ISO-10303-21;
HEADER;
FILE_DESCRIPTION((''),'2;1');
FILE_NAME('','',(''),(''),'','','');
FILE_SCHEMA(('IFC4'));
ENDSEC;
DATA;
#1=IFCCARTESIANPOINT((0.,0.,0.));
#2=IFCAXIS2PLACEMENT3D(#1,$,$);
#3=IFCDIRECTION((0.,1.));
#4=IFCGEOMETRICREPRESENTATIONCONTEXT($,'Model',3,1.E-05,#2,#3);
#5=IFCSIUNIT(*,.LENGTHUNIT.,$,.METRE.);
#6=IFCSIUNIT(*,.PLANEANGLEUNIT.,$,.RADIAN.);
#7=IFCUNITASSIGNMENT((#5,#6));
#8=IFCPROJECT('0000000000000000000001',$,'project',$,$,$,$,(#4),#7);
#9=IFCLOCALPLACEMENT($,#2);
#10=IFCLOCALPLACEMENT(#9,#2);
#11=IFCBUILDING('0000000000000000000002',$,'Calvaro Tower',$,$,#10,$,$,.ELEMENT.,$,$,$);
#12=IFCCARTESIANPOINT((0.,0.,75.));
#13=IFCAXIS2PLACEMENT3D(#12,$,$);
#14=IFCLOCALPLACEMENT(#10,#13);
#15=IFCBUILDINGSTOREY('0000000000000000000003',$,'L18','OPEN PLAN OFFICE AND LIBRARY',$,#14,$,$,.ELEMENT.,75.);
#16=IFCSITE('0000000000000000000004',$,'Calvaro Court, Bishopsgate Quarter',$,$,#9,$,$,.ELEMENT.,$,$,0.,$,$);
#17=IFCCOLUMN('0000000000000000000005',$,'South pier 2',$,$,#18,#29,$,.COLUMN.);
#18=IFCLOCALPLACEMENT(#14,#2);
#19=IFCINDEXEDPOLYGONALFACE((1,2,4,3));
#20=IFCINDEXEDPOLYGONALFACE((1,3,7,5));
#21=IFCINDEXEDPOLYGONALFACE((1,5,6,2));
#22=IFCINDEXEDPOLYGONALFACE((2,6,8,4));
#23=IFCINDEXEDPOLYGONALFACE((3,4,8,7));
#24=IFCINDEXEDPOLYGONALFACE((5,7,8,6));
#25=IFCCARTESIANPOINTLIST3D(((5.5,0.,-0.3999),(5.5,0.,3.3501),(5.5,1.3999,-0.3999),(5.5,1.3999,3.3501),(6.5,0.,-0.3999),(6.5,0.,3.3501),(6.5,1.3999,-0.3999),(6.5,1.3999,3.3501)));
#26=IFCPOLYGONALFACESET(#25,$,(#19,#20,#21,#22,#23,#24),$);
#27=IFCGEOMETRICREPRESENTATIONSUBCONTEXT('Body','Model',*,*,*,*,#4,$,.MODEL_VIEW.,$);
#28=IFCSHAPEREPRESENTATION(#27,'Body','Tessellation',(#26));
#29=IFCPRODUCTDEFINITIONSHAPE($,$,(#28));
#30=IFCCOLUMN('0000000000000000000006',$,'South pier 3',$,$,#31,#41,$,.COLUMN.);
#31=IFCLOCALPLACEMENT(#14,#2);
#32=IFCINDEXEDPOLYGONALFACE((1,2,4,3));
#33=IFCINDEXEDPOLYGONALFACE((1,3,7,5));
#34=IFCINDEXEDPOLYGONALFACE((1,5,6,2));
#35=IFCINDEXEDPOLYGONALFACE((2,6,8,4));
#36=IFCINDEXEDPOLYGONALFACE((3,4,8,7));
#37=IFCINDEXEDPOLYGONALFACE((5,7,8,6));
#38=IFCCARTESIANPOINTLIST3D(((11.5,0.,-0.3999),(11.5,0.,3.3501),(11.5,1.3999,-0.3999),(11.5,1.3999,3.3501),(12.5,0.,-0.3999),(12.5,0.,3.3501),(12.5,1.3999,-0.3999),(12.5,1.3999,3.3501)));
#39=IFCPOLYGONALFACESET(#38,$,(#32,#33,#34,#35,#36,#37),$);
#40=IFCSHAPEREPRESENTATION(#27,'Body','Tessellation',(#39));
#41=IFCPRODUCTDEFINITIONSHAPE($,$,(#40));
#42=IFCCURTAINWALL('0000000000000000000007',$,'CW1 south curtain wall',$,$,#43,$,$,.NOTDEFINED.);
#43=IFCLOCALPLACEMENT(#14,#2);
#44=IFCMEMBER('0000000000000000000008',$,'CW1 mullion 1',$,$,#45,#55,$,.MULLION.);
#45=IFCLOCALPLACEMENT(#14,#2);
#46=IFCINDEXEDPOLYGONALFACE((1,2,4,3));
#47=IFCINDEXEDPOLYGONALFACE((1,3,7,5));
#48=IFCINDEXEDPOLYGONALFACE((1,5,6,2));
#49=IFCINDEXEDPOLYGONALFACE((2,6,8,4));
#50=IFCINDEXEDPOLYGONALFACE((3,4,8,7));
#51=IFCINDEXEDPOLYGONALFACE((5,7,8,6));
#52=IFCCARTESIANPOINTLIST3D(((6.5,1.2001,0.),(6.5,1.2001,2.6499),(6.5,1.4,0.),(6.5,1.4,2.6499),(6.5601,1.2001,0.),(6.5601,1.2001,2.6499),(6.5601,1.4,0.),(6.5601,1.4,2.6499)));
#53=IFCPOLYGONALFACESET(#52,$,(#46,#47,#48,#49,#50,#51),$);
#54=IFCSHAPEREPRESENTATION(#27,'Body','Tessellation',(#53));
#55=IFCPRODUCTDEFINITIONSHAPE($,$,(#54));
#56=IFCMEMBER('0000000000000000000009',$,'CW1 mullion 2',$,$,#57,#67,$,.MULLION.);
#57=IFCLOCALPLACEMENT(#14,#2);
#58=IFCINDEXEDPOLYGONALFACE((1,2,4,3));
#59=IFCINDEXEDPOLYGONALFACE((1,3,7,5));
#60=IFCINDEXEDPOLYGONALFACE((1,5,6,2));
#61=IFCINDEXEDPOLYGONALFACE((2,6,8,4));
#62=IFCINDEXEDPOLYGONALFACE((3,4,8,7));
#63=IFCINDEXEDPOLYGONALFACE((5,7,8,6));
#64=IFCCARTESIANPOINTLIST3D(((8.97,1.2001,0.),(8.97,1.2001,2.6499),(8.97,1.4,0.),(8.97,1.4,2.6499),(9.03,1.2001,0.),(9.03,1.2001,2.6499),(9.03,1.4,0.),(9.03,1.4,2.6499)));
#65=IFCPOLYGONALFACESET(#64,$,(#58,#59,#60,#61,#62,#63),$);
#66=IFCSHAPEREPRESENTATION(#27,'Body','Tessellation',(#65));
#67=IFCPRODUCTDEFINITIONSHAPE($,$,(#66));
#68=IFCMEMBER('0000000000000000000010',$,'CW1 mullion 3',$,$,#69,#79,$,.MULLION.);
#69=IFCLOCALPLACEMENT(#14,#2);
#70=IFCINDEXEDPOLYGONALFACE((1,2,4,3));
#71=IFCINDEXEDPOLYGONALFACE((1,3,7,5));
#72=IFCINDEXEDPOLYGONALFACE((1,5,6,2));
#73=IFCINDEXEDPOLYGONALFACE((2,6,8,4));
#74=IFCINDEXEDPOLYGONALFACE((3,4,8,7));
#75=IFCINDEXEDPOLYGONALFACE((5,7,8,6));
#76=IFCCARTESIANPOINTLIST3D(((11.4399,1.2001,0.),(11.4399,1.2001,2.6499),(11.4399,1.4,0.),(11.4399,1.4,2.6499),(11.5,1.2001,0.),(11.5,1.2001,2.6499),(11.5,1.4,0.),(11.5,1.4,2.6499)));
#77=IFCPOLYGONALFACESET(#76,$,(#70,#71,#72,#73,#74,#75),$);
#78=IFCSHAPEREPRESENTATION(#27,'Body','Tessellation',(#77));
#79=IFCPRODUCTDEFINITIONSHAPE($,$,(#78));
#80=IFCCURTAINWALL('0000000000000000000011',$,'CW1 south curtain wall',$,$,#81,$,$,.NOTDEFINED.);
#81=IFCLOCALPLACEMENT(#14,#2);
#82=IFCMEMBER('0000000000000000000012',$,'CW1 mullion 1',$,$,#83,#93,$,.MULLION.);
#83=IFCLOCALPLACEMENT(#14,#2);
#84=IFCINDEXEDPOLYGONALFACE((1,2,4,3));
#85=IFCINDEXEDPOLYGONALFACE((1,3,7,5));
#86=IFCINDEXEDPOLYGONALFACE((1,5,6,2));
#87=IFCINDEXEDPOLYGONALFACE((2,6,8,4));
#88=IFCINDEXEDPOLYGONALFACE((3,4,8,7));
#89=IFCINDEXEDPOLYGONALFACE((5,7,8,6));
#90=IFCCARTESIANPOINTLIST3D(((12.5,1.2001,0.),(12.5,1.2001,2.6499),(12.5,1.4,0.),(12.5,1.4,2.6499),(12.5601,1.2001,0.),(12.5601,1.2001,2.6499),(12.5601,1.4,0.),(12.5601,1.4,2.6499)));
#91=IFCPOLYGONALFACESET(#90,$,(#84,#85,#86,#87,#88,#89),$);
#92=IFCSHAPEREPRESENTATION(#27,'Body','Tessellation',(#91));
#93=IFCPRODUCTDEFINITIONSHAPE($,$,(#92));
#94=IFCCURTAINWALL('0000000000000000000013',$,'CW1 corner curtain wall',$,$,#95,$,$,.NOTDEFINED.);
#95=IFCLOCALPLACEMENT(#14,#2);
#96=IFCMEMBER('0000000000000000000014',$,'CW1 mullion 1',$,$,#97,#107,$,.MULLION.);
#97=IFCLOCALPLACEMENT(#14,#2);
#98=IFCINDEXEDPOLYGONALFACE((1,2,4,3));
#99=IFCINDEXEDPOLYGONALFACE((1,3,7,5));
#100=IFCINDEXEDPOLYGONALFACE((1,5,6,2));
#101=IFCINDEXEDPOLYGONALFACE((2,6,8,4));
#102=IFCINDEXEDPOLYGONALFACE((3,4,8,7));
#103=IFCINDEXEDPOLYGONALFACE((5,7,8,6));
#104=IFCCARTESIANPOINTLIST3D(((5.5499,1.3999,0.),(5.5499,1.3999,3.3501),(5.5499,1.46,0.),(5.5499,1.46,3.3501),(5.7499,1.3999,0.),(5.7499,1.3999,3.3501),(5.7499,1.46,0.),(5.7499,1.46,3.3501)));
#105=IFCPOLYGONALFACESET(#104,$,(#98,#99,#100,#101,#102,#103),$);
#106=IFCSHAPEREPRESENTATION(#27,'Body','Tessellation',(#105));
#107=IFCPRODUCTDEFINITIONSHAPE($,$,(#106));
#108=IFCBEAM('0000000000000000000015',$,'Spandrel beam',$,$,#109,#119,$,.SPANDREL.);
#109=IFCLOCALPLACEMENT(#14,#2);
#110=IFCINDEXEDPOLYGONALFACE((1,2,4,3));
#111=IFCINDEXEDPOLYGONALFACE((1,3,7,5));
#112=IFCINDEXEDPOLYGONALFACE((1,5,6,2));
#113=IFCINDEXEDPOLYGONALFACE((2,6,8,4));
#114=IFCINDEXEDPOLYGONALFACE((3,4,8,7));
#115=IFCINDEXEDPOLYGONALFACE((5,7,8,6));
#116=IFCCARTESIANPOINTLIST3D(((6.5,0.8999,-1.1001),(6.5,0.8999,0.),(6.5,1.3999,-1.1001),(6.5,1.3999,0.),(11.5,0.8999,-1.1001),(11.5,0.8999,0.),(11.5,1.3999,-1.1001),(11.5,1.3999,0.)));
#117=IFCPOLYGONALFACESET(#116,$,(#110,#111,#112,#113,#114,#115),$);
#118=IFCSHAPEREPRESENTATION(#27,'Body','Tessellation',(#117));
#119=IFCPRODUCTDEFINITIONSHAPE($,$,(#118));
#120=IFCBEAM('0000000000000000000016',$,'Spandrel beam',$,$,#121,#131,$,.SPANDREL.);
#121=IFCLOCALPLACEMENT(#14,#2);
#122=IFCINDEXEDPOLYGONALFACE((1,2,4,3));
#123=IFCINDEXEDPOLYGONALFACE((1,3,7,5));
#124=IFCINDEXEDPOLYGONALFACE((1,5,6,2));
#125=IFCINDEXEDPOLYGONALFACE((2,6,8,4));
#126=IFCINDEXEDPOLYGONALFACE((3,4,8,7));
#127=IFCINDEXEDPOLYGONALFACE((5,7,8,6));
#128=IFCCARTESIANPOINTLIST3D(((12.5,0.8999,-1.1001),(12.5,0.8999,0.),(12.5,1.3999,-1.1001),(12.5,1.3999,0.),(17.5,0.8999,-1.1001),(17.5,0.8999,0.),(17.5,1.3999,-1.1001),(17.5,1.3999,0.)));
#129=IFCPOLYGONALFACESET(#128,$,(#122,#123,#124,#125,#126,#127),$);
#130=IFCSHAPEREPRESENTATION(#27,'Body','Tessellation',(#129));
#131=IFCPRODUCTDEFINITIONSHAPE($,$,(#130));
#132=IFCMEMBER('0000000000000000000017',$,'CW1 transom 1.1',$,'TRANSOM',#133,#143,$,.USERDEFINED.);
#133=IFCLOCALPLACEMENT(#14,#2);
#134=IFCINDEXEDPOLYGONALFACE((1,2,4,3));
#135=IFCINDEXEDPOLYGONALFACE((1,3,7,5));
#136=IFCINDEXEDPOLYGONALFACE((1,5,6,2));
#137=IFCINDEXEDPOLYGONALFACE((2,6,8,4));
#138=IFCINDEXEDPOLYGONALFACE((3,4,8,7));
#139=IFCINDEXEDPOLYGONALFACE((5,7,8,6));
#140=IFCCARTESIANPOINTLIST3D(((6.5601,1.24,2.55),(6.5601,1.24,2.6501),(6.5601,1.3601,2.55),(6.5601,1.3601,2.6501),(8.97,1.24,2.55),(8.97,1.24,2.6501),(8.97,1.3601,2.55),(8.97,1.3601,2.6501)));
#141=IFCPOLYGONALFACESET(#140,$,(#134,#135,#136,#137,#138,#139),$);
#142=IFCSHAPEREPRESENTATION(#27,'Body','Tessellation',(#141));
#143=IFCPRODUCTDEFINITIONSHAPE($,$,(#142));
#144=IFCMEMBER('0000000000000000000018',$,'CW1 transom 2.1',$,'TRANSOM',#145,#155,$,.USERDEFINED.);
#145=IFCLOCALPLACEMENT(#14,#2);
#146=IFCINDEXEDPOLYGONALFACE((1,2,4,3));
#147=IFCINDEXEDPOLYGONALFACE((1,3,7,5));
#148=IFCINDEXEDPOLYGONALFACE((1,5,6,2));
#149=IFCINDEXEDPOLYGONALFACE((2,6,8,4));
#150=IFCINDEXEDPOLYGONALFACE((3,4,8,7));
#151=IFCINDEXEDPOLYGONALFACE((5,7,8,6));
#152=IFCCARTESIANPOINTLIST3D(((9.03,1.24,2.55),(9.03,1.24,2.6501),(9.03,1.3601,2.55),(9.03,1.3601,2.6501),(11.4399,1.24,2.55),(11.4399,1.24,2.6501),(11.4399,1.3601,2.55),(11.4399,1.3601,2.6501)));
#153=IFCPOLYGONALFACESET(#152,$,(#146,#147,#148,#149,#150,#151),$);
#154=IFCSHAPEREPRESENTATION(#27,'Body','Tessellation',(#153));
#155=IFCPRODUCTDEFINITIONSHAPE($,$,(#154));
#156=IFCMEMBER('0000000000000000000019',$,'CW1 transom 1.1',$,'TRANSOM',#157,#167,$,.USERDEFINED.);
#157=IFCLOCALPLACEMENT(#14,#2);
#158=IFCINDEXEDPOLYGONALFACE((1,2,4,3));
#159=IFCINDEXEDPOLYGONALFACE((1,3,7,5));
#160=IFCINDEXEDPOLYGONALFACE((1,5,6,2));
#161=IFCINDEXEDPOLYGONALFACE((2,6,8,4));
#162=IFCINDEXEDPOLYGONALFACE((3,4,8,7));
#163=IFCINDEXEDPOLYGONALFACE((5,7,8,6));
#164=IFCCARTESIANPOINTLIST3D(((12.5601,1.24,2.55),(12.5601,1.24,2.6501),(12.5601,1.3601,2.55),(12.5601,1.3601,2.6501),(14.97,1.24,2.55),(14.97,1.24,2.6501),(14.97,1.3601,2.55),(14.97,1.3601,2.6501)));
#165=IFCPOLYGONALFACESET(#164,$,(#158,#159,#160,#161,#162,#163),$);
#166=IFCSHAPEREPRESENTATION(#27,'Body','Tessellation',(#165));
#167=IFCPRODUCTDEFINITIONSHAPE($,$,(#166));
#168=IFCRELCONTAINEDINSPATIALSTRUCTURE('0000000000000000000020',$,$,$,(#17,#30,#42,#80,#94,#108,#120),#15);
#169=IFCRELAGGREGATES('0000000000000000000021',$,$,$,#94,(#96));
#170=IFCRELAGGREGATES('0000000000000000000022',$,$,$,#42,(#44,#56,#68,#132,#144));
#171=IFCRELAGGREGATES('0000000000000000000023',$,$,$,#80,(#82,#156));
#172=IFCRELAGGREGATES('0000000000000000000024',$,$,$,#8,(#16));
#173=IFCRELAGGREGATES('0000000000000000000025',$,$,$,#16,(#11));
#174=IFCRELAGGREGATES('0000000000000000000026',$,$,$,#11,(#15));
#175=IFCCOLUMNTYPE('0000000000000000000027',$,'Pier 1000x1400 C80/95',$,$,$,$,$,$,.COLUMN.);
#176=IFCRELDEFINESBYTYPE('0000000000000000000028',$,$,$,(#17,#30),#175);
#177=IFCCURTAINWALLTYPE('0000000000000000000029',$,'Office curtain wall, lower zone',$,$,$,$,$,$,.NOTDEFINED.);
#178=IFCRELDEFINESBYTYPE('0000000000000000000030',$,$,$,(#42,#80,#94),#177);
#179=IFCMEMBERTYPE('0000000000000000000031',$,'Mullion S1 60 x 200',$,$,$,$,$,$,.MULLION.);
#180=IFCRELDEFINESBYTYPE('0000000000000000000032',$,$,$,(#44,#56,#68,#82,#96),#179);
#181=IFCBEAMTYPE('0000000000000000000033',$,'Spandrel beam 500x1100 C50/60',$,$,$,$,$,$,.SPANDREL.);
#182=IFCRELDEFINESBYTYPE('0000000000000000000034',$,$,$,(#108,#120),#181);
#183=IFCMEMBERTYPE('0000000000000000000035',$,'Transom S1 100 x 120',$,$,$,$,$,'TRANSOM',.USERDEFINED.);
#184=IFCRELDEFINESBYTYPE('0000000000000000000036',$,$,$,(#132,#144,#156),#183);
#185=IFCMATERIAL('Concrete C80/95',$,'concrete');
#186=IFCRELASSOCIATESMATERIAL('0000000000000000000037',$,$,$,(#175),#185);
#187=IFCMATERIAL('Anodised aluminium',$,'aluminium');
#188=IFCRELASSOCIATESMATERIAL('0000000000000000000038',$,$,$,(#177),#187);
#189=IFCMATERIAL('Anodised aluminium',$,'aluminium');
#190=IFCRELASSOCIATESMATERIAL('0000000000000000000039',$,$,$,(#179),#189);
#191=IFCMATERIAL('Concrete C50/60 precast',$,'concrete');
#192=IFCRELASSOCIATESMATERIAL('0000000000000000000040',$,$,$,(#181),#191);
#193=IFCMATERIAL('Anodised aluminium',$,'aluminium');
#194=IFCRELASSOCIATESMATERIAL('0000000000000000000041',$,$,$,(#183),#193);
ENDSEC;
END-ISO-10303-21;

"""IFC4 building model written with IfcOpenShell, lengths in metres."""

from ifc_helpers import new_model, si_unit, direction, frame, origin, origin_2d, place, context, subcontext, project, spatial, rectangle, extrude, material, material_profile, profile_set, type_object, element, aggregate, save


model = new_model("IFC4")

# Units and contexts
model_context = context("Model", 3, precision=1e-05, world=origin(), true_north=direction((0.0, 1.0)))
body_context = subcontext(model_context, "Body", "Model", "MODEL_VIEW")
ifc_project = project(units=[si_unit("LENGTHUNIT", "METRE"), si_unit("PLANEANGLEUNIT", "RADIAN")], contexts=[model_context])

# Site, building, storey
site_placement = place(None, origin())
site = spatial("IfcSite", under=ifc_project, at=site_placement, Name="Calvaro Court, Bishopsgate Quarter", CompositionType="ELEMENT", RefElevation=0.0)
building_placement = place(site_placement, origin())
building = spatial("IfcBuilding", under=site, at=building_placement, Name="Calvaro Tower", CompositionType="ELEMENT")
storey_placement = place(building_placement, frame((0.0, 0.0, 75.0)))
storey = spatial("IfcBuildingStorey", under=building, at=storey_placement, Name="L18", Description="OPEN PLAN OFFICE AND LIBRARY", CompositionType="ELEMENT", Elevation=75.0)

# Columns
ifc_material_1 = material(Name="Concrete C80/95", Category="concrete")
ifc_material_profile_1 = material_profile(ifc_material_1, rectangle(XDim=1.0, YDim=1.3999, at=origin_2d()), Name="RC 1000x1400")
ifc_profile_set_1 = profile_set([ifc_material_profile_1], Name="Concrete C80/95")
column_type = type_object("IfcColumnType", Name="Pier 1000x1400 C80/95", PredefinedType="COLUMN", material=ifc_profile_set_1)
for number, where, z_axis, x_axis, name in (
    (1, (6.0, 0.7, -0.3999), (0.0, 0.0, 1.0), (1.0, 0.0, 0.0), "South pier 2"),
    (2, (12.0, 0.7, -0.3999), (0.0, 0.0, 1.0), (1.0, 0.0, 0.0), "South pier 3"),
):
    element("IfcColumn", number, at=place(storey_placement, frame(where, z_axis=z_axis, x_axis=x_axis)), inside=storey, type_object=column_type, Name=name, PredefinedType="COLUMN", context=body_context, shape_type="SweptSolid", body=[
        extrude(rectangle(XDim=1.0, YDim=1.3999, at=origin_2d()), origin(), (0.0, 0.0, 1.0), 3.75),
    ])

# Curtain wall, members
ifc_material_2 = material(Name="Anodised aluminium", Category="aluminium")
curtain_wall_type = type_object("IfcCurtainWallType", Name="Office curtain wall, lower zone", PredefinedType="NOTDEFINED", material=ifc_material_2)
curtain_wall_1_placement = place(storey_placement, origin())
curtain_wall_1 = element("IfcCurtainWall", 3, at=curtain_wall_1_placement, inside=storey, type_object=curtain_wall_type, Name="CW1 south curtain wall", PredefinedType="NOTDEFINED")
ifc_material_3 = material(Name="Anodised aluminium", Category="aluminium")
ifc_material_profile_2 = material_profile(ifc_material_3, rectangle(XDim=0.2, YDim=0.0601, at=origin_2d()), Name="Mullion S1 60 x 200")
ifc_profile_set_2 = profile_set([ifc_material_profile_2], Name="Anodised aluminium")
member_type_1 = type_object("IfcMemberType", Name="Mullion S1 60 x 200", PredefinedType="MULLION", material=ifc_profile_set_2)
member_1_placement = place(storey_placement, frame((6.53, 1.3, 0.0), z_axis=(0.0, 0.0, 1.0), x_axis=(0.0, 1.0, 0.0)))
member_1 = element("IfcMember", 4, at=member_1_placement, type_object=member_type_1, Name="CW1 mullion 1", PredefinedType="MULLION", context=body_context, shape_type="SweptSolid", body=[
    extrude(rectangle(XDim=0.2, YDim=0.0601, at=origin_2d()), origin(), (0.0, 0.0, 1.0), 2.6499),
])
member_2_placement = place(storey_placement, frame((9.0, 1.3, 0.0), z_axis=(0.0, 0.0, 1.0), x_axis=(0.0, 1.0, 0.0)))
member_2 = element("IfcMember", 5, at=member_2_placement, type_object=member_type_1, Name="CW1 mullion 2", PredefinedType="MULLION", context=body_context, shape_type="SweptSolid", body=[
    extrude(rectangle(XDim=0.2, YDim=0.0601, at=origin_2d()), origin(), (0.0, 0.0, 1.0), 2.6499),
])
member_3_placement = place(storey_placement, frame((11.47, 1.3, 0.0), z_axis=(0.0, 0.0, 1.0), x_axis=(0.0, 1.0, 0.0)))
member_3 = element("IfcMember", 6, at=member_3_placement, type_object=member_type_1, Name="CW1 mullion 3", PredefinedType="MULLION", context=body_context, shape_type="SweptSolid", body=[
    extrude(rectangle(XDim=0.2, YDim=0.0601, at=origin_2d()), origin(), (0.0, 0.0, 1.0), 2.6499),
])

# Curtain walls, members
curtain_wall_2_placement = place(storey_placement, origin())
curtain_wall_2 = element("IfcCurtainWall", 7, at=curtain_wall_2_placement, inside=storey, type_object=curtain_wall_type, Name="CW1 south curtain wall", PredefinedType="NOTDEFINED")
member_4_placement = place(storey_placement, frame((12.53, 1.3, 0.0), z_axis=(0.0, 0.0, 1.0), x_axis=(0.0, 1.0, 0.0)))
member_4 = element("IfcMember", 8, at=member_4_placement, type_object=member_type_1, Name="CW1 mullion 1", PredefinedType="MULLION", context=body_context, shape_type="SweptSolid", body=[
    extrude(rectangle(XDim=0.2, YDim=0.0601, at=origin_2d()), origin(), (0.0, 0.0, 1.0), 2.6499),
])
curtain_wall_3_placement = place(storey_placement, origin())
curtain_wall_3 = element("IfcCurtainWall", 9, at=curtain_wall_3_placement, inside=storey, type_object=curtain_wall_type, Name="CW1 corner curtain wall", PredefinedType="NOTDEFINED")
member_5_placement = place(storey_placement, frame((5.6499, 1.4299, 0.0), z_axis=(0.0, 0.0, 1.0), x_axis=(-1.0, 0.0, 0.0)))
member_5 = element("IfcMember", 10, at=member_5_placement, type_object=member_type_1, Name="CW1 mullion 1", PredefinedType="MULLION", context=body_context, shape_type="SweptSolid", body=[
    extrude(rectangle(XDim=0.2, YDim=0.0601, at=origin_2d()), origin(), (0.0, 0.0, 1.0), 3.3501),
])
aggregate(curtain_wall_3, [member_5])

# Beams
ifc_material_4 = material(Name="Concrete C50/60 precast", Category="concrete")
ifc_material_profile_3 = material_profile(ifc_material_4, rectangle(XDim=0.5, YDim=1.1001, at=origin_2d()), Name="RC 500x1100")
ifc_profile_set_3 = profile_set([ifc_material_profile_3], Name="Concrete C50/60 precast")
beam_type = type_object("IfcBeamType", Name="Spandrel beam 500x1100 C50/60", PredefinedType="SPANDREL", material=ifc_profile_set_3)
for number, where, z_axis, x_axis, name in (
    (11, (6.5, 1.1499, -0.55), (1.0, 0.0, 0.0), (0.0, 1.0, 0.0), "Spandrel beam"),
    (12, (12.5, 1.1499, -0.55), (1.0, 0.0, 0.0), (0.0, 1.0, 0.0), "Spandrel beam"),
):
    element("IfcBeam", number, at=place(storey_placement, frame(where, z_axis=z_axis, x_axis=x_axis)), inside=storey, type_object=beam_type, Name=name, PredefinedType="SPANDREL", context=body_context, shape_type="SweptSolid", body=[
        extrude(rectangle(XDim=0.5, YDim=1.1001, at=origin_2d()), origin(), (0.0, 0.0, 1.0), 5.0),
    ])

# Members
ifc_material_5 = material(Name="Anodised aluminium", Category="aluminium")
ifc_material_profile_4 = material_profile(ifc_material_5, rectangle(XDim=0.1201, YDim=0.1001, at=origin_2d()), Name="Transom S1 100 x 120")
ifc_profile_set_4 = profile_set([ifc_material_profile_4], Name="Anodised aluminium")
member_type_2 = type_object("IfcMemberType", Name="Transom S1 100 x 120", ElementType="TRANSOM", PredefinedType="USERDEFINED", material=ifc_profile_set_4)
member_6_placement = place(storey_placement, frame((6.5601, 1.3, 2.6001), z_axis=(1.0, 0.0, 0.0), x_axis=(0.0, 1.0, 0.0)))
member_6 = element("IfcMember", 13, at=member_6_placement, type_object=member_type_2, Name="CW1 transom 1.1", ObjectType="TRANSOM", PredefinedType="USERDEFINED", context=body_context, shape_type="SweptSolid", body=[
    extrude(rectangle(XDim=0.1201, YDim=0.1001, at=origin_2d()), origin(), (0.0, 0.0, 1.0), 2.4099),
])
member_7_placement = place(storey_placement, frame((9.03, 1.3, 2.6001), z_axis=(1.0, 0.0, 0.0), x_axis=(0.0, 1.0, 0.0)))
member_7 = element("IfcMember", 14, at=member_7_placement, type_object=member_type_2, Name="CW1 transom 2.1", ObjectType="TRANSOM", PredefinedType="USERDEFINED", context=body_context, shape_type="SweptSolid", body=[
    extrude(rectangle(XDim=0.1201, YDim=0.1001, at=origin_2d()), origin(), (0.0, 0.0, 1.0), 2.4099),
])
member_8_placement = place(storey_placement, frame((12.5601, 1.3, 2.6001), z_axis=(1.0, 0.0, 0.0), x_axis=(0.0, 1.0, 0.0)))
member_8 = element("IfcMember", 15, at=member_8_placement, type_object=member_type_2, Name="CW1 transom 1.1", ObjectType="TRANSOM", PredefinedType="USERDEFINED", context=body_context, shape_type="SweptSolid", body=[
    extrude(rectangle(XDim=0.1201, YDim=0.1001, at=origin_2d()), origin(), (0.0, 0.0, 1.0), 2.4099),
])

aggregate(curtain_wall_1, [member_1, member_2, member_3, member_6, member_7])
aggregate(curtain_wall_2, [member_4, member_8])

save(model, "model.ifc")
